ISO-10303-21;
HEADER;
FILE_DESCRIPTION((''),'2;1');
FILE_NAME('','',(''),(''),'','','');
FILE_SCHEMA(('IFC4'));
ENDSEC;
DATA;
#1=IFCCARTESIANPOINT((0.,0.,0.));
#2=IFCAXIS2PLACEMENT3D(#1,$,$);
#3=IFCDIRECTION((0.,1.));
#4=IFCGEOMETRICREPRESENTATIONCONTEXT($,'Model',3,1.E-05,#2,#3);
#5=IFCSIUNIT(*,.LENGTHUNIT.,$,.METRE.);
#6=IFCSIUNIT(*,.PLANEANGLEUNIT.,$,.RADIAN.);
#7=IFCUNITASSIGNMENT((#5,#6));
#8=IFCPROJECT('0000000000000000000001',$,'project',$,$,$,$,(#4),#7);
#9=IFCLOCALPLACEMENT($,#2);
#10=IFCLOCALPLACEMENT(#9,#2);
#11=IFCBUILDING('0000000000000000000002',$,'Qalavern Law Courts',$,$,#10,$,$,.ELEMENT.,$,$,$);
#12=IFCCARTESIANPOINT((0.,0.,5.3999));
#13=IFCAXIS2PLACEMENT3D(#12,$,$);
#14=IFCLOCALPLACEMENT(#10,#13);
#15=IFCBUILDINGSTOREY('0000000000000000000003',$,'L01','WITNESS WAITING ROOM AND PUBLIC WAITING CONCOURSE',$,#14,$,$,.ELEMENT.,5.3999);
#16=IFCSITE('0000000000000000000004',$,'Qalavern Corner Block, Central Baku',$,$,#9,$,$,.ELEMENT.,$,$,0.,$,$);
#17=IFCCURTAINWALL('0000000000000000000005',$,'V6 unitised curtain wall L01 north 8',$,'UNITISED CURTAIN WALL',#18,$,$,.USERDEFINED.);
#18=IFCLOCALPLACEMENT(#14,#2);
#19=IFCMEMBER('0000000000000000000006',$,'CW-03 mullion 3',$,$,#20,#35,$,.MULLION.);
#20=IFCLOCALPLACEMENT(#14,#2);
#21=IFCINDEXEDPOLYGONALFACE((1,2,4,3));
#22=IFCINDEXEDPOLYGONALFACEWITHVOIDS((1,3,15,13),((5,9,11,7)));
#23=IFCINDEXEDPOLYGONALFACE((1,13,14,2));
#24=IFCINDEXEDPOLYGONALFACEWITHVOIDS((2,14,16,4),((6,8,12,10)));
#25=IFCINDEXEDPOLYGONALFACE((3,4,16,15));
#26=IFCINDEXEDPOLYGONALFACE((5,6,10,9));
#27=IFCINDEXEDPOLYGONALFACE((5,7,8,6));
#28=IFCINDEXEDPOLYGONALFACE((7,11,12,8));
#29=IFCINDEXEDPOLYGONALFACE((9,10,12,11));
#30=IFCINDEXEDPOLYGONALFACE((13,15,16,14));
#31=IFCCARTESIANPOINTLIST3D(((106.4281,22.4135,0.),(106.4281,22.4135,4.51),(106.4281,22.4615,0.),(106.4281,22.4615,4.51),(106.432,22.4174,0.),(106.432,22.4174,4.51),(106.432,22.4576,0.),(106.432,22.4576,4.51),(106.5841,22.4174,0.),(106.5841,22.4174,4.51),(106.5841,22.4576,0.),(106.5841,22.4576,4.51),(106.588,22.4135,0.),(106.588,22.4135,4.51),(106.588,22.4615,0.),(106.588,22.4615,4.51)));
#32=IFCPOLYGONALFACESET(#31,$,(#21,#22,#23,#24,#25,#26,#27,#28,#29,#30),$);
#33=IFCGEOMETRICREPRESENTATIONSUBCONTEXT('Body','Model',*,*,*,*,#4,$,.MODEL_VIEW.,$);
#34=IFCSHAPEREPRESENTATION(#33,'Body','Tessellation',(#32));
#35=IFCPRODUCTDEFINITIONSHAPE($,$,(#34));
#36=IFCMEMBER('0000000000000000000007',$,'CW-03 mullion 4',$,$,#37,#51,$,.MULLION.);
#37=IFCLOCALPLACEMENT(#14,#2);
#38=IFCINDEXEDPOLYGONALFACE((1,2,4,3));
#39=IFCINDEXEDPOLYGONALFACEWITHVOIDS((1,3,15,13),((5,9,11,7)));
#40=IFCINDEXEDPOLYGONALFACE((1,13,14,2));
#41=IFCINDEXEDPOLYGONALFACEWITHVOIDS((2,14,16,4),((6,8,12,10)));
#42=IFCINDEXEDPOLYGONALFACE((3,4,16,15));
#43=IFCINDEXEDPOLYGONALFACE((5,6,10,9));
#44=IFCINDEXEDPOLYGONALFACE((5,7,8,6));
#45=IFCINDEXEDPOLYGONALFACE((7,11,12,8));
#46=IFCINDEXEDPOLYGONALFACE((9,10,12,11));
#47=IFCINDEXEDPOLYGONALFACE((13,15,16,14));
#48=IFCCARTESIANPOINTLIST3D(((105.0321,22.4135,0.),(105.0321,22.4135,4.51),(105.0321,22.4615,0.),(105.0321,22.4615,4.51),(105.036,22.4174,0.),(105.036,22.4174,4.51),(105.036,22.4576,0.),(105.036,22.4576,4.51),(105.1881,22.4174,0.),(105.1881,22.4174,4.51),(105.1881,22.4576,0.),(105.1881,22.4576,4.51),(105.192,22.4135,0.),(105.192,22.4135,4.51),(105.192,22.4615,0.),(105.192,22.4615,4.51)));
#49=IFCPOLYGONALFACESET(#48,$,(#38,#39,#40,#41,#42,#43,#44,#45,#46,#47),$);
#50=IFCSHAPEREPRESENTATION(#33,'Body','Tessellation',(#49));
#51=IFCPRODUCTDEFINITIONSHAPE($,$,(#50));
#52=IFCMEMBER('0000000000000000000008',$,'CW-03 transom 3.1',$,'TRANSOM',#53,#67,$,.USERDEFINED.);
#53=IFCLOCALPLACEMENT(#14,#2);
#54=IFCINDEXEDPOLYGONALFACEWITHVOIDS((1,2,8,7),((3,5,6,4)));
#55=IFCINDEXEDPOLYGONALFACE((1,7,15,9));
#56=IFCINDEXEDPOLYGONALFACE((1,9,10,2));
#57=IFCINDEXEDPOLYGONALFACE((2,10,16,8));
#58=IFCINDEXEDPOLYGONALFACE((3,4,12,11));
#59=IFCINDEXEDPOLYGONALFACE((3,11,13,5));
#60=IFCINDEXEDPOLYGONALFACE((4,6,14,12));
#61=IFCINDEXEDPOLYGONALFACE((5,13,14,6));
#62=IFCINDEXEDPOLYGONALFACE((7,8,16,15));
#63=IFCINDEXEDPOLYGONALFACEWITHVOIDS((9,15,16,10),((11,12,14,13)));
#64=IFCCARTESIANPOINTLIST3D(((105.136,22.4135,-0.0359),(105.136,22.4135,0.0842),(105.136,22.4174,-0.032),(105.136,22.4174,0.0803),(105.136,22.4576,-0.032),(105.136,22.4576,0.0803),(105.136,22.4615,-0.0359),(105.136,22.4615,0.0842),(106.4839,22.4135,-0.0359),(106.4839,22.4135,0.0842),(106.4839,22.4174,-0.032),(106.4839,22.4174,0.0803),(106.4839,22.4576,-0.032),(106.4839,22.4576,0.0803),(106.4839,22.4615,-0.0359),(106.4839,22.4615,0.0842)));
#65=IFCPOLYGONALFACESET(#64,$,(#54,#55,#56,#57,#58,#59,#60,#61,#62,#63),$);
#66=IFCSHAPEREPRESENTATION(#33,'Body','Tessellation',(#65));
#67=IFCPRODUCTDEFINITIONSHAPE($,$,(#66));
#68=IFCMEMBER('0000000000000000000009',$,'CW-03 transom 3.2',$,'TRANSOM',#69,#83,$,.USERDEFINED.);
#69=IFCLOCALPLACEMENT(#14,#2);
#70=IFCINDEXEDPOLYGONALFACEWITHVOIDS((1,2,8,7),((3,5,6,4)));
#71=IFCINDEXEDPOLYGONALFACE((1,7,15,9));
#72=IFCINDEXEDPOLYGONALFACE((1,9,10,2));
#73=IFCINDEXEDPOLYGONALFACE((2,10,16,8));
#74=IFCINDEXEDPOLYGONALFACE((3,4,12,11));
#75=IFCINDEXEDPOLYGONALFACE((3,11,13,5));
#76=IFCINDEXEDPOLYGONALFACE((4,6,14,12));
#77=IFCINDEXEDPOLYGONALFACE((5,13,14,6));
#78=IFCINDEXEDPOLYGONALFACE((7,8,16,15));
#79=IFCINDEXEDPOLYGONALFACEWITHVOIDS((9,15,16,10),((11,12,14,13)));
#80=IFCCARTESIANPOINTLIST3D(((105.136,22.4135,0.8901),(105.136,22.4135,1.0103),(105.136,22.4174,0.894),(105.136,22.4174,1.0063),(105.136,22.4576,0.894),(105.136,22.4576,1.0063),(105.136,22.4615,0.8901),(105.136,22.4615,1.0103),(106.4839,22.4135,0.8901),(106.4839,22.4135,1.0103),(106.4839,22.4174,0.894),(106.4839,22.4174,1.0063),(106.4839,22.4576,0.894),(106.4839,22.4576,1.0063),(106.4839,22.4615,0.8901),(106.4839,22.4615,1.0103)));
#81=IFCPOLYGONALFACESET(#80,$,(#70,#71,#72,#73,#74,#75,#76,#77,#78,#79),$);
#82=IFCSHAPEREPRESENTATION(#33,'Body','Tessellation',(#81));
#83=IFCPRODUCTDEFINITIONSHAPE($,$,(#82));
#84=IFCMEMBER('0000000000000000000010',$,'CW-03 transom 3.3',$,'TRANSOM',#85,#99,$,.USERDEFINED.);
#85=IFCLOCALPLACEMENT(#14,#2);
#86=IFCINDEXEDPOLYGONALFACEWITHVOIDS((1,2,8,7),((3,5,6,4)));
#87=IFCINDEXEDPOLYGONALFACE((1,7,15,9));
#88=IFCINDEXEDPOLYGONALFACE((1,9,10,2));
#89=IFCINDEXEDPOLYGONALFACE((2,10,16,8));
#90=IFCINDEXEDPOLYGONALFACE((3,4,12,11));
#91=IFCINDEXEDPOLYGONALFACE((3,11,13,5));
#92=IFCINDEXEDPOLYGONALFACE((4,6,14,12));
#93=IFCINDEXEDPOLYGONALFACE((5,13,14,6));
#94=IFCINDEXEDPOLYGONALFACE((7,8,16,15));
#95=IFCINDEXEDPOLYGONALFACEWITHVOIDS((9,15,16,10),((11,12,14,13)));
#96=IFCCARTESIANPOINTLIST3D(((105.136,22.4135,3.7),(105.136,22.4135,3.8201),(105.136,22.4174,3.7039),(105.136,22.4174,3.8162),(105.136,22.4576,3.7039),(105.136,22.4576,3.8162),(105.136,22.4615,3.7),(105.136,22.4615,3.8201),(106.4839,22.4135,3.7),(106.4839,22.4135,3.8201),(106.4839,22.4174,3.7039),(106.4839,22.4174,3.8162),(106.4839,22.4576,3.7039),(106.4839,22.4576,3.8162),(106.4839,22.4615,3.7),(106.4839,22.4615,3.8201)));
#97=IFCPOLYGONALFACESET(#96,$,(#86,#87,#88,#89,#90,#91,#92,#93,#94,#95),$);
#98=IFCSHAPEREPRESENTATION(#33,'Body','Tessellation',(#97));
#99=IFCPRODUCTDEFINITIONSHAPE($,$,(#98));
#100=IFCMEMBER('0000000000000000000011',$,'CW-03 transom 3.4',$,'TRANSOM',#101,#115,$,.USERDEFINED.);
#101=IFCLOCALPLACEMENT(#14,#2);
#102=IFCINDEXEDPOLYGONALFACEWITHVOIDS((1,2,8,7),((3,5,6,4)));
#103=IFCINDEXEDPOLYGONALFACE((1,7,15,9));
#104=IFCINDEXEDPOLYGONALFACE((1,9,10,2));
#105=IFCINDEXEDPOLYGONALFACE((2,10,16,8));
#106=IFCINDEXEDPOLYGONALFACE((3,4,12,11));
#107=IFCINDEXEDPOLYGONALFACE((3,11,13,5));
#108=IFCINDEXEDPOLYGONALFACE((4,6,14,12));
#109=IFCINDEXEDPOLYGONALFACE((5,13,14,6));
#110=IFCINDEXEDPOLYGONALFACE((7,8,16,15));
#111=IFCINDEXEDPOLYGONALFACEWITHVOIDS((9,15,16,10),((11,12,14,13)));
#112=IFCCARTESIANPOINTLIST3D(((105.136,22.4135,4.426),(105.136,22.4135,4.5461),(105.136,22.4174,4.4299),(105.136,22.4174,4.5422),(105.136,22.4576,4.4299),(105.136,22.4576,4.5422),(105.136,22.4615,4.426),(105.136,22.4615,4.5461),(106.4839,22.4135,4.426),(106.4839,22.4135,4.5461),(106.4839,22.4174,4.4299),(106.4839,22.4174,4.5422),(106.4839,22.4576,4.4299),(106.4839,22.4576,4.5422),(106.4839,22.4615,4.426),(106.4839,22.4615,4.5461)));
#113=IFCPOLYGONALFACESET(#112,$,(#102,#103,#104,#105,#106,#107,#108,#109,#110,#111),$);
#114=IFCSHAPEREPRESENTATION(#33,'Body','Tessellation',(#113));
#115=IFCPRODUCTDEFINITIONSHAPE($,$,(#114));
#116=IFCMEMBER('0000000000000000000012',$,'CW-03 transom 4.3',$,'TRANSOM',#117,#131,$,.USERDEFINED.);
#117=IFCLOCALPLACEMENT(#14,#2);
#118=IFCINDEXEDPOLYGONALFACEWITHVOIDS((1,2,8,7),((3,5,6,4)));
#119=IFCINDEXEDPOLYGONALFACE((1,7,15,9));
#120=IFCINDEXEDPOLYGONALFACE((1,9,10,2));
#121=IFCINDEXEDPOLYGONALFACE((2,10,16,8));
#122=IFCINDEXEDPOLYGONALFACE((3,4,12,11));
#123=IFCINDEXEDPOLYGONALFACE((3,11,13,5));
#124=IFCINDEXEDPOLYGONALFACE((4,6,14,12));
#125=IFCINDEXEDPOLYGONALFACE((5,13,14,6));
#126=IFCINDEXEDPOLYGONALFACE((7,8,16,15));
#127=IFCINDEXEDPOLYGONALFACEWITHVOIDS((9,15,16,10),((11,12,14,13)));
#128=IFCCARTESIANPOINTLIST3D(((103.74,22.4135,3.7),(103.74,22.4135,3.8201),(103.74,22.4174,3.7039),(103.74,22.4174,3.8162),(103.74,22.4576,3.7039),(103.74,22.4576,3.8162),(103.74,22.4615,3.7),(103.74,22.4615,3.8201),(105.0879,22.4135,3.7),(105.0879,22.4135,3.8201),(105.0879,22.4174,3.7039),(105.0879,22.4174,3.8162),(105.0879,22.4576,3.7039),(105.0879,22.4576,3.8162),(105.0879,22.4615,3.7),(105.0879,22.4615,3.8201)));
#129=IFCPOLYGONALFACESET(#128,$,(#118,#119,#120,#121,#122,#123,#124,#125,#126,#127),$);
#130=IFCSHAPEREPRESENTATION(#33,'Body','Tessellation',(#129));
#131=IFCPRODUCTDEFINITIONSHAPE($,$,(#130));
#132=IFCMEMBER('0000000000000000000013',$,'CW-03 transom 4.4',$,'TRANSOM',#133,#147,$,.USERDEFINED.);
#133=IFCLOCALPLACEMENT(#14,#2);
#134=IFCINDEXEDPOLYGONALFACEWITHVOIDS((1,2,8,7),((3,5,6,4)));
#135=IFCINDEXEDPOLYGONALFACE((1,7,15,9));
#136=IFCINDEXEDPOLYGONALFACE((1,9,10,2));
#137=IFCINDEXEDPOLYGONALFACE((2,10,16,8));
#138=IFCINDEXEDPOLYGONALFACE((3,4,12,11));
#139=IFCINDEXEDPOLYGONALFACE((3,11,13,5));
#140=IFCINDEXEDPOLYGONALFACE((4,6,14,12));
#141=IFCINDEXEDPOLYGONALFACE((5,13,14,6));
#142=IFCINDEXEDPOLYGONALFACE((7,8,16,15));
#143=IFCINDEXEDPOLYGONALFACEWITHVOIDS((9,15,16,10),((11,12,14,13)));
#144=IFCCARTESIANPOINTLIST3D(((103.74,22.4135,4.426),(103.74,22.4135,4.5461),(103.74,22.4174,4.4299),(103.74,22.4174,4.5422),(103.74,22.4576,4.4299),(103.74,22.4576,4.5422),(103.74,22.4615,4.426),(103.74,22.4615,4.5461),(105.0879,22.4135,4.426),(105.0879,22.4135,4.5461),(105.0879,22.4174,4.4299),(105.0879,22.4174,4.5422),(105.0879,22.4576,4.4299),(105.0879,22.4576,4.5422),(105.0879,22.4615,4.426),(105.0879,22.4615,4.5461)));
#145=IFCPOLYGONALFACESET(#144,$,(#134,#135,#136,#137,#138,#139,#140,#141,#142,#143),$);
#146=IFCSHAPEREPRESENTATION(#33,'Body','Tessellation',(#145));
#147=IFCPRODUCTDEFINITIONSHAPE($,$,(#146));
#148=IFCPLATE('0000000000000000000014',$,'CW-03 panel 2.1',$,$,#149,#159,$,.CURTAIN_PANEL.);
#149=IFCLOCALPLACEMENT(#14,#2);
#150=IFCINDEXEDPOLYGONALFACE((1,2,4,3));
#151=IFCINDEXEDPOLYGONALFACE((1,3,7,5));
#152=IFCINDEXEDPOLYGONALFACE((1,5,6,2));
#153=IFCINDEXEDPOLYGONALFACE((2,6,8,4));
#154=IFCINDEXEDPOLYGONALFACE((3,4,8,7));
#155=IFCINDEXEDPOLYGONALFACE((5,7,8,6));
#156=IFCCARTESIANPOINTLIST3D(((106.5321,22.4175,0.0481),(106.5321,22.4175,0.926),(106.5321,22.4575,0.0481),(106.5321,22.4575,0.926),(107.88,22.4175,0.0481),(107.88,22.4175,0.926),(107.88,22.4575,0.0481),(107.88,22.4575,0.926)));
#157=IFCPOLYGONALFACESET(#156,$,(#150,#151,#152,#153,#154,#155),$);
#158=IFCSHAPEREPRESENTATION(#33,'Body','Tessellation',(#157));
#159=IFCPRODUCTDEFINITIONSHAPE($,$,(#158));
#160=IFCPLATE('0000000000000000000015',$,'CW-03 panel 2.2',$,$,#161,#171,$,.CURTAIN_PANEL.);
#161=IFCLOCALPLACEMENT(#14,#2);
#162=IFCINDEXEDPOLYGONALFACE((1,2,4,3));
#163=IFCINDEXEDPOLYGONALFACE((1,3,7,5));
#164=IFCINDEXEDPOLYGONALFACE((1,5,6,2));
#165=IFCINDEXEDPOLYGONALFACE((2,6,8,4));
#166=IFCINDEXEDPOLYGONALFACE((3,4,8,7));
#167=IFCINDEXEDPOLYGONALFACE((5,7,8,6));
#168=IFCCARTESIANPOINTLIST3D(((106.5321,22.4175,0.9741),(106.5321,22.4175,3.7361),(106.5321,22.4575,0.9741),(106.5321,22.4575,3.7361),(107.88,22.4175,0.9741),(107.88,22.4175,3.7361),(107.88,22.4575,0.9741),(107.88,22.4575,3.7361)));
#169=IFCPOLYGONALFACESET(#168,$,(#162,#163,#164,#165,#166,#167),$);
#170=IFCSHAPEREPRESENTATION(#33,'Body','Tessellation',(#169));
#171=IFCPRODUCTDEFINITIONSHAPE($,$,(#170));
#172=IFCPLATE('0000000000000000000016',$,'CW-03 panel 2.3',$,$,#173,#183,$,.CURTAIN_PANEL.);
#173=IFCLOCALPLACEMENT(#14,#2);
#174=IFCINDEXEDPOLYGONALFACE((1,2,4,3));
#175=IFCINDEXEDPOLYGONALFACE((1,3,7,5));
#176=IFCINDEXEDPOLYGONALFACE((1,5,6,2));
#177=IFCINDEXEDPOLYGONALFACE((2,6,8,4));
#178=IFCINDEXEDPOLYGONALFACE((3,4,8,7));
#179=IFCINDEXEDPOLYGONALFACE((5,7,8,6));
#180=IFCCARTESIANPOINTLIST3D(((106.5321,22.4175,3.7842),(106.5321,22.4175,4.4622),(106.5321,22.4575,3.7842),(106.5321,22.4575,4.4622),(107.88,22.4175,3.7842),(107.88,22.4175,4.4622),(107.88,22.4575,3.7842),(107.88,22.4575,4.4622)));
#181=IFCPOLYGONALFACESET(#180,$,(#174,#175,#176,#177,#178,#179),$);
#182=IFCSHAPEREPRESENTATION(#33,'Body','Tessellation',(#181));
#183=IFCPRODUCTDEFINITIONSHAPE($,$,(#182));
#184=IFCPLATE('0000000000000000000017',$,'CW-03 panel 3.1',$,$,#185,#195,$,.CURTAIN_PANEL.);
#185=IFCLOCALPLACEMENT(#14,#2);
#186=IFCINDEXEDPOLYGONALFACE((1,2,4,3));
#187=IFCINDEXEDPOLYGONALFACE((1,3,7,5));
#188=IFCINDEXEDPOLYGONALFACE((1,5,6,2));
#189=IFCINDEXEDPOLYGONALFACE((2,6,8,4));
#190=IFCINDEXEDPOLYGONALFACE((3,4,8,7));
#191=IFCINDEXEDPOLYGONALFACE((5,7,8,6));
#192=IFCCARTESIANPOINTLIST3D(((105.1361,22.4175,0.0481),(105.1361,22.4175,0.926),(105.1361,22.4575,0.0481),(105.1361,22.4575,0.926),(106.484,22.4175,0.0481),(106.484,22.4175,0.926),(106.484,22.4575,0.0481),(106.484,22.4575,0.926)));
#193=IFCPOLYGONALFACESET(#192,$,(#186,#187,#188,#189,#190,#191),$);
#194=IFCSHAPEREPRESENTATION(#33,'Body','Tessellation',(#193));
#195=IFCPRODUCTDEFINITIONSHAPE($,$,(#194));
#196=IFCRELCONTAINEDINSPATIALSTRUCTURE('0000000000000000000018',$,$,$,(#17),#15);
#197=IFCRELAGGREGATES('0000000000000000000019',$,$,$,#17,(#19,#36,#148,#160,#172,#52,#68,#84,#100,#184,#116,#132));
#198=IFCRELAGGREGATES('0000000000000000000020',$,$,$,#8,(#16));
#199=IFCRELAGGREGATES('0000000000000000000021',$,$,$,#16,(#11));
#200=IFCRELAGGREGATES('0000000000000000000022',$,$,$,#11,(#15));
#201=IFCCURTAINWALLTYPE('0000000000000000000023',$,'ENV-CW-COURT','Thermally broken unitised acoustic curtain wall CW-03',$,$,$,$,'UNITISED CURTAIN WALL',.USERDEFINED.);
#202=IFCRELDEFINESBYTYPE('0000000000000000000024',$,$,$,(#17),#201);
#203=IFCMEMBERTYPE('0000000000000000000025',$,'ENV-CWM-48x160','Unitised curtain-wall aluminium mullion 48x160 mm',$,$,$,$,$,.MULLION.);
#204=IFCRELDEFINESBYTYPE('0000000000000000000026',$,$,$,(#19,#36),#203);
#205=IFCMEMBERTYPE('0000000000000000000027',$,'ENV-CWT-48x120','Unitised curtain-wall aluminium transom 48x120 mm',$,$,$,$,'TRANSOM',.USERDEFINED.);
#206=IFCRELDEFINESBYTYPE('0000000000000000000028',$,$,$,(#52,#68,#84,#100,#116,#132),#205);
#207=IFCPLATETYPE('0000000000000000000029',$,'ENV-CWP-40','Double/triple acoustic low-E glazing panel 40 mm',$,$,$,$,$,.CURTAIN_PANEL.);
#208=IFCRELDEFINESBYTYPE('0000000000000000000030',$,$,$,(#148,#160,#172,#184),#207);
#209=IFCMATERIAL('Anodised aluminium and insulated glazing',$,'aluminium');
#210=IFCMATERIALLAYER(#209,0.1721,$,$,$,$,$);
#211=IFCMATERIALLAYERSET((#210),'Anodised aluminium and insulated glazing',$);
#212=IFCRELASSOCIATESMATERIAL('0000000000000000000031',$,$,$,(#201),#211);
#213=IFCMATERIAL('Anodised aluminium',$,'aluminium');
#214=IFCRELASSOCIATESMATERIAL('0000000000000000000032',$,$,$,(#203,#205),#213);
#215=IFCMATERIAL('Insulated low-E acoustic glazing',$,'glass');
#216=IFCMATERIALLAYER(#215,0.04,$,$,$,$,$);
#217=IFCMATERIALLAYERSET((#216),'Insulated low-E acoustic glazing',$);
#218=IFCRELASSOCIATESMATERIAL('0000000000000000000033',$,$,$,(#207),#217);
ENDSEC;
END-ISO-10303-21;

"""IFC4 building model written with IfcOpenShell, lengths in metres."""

from ifc_helpers import new_model, si_unit, direction, frame, origin, origin_2d, place, context, subcontext, project, spatial, rectangle, hollow_rectangle, extrude, material, layer, layer_set, material_profile, profile_set, type_object, element, aggregate, save


model = new_model("IFC4")

# Units and contexts
model_context = context("Model", 3, precision=1e-05, world=origin(), true_north=direction((0.0, 1.0)))
body_context = subcontext(model_context, "Body", "Model", "MODEL_VIEW")
ifc_project = project(units=[si_unit("LENGTHUNIT", "METRE"), si_unit("PLANEANGLEUNIT", "RADIAN")], contexts=[model_context])

# Site, building, storey
site_placement = place(None, origin())
site = spatial("IfcSite", under=ifc_project, at=site_placement, Name="Qalavern Corner Block, Central Baku", CompositionType="ELEMENT", RefElevation=0.0)
building_placement = place(site_placement, origin())
building = spatial("IfcBuilding", under=site, at=building_placement, Name="Qalavern Law Courts", CompositionType="ELEMENT")
storey_placement = place(building_placement, frame((0.0, 0.0, 5.3999)))
storey = spatial("IfcBuildingStorey", under=building, at=storey_placement, Name="L01", Description="WITNESS WAITING ROOM AND PUBLIC WAITING CONCOURSE", CompositionType="ELEMENT", Elevation=5.3999)

# Curtain wall, members, plates
ifc_material_1 = material(Name="Anodised aluminium and insulated glazing", Category="aluminium")
ifc_layer_1 = layer(ifc_material_1, 0.1721)
ifc_layer_set_1 = layer_set([ifc_layer_1], Name="Anodised aluminium and insulated glazing")
curtain_wall_type = type_object("IfcCurtainWallType", Name="ENV-CW-COURT", Description="Thermally broken unitised acoustic curtain wall CW-03", ElementType="UNITISED CURTAIN WALL", PredefinedType="USERDEFINED", material=ifc_layer_set_1)
curtain_wall_placement = place(storey_placement, origin())
curtain_wall = element("IfcCurtainWall", 1, at=curtain_wall_placement, inside=storey, type_object=curtain_wall_type, Name="V6 unitised curtain wall L01 north 8", ObjectType="UNITISED CURTAIN WALL", PredefinedType="USERDEFINED")
ifc_material_2 = material(Name="Anodised aluminium", Category="aluminium")
ifc_material_profile_1 = material_profile(ifc_material_2, hollow_rectangle(XDim=0.0481, YDim=0.1599, WallThickness=0.0039, at=origin_2d()), Name="ALU MULLION 48x160")
ifc_profile_set_1 = profile_set([ifc_material_profile_1], Name="Anodised aluminium")
member_type_1 = type_object("IfcMemberType", Name="ENV-CWM-48x160", Description="Unitised curtain-wall aluminium mullion 48x160 mm", PredefinedType="MULLION", material=ifc_profile_set_1)
member_1_placement = place(storey_placement, frame((106.5081, 22.4375, 0.0), z_axis=(0.0, 0.0, 1.0), x_axis=(0.0, -1.0, 0.0)))
member_1 = element("IfcMember", 2, at=member_1_placement, type_object=member_type_1, Name="CW-03 mullion 3", PredefinedType="MULLION", context=body_context, shape_type="SweptSolid", body=[
    extrude(hollow_rectangle(XDim=0.0481, YDim=0.1599, WallThickness=0.0039, at=origin_2d()), origin(), (0.0, 0.0, 1.0), 4.51),
])
member_2_placement = place(storey_placement, frame((105.1121, 22.4375, 0.0), z_axis=(0.0, 0.0, 1.0), x_axis=(0.0, -1.0, 0.0)))
member_2 = element("IfcMember", 3, at=member_2_placement, type_object=member_type_1, Name="CW-03 mullion 4", PredefinedType="MULLION", context=body_context, shape_type="SweptSolid", body=[
    extrude(hollow_rectangle(XDim=0.0481, YDim=0.1599, WallThickness=0.0039, at=origin_2d()), origin(), (0.0, 0.0, 1.0), 4.51),
])
ifc_material_profile_2 = material_profile(ifc_material_2, hollow_rectangle(XDim=0.0481, YDim=0.1201, WallThickness=0.0039, at=origin_2d()), Name="ALU TRANSOM 48x120")
ifc_profile_set_2 = profile_set([ifc_material_profile_2], Name="Anodised aluminium")
member_type_2 = type_object("IfcMemberType", Name="ENV-CWT-48x120", Description="Unitised curtain-wall aluminium transom 48x120 mm", ElementType="TRANSOM", PredefinedType="USERDEFINED", material=ifc_profile_set_2)
member_3_placement = place(storey_placement, frame((106.4839, 22.4375, 0.0242), z_axis=(-1.0, 0.0, 0.0), x_axis=(0.0, -1.0, 0.0)))
member_3 = element("IfcMember", 4, at=member_3_placement, type_object=member_type_2, Name="CW-03 transom 3.1", ObjectType="TRANSOM", PredefinedType="USERDEFINED", context=body_context, shape_type="SweptSolid", body=[
    extrude(hollow_rectangle(XDim=0.0481, YDim=0.1201, WallThickness=0.0039, at=origin_2d()), origin(), (0.0, 0.0, 1.0), 1.3479),
])
member_4_placement = place(storey_placement, frame((106.4839, 22.4375, 0.9502), z_axis=(-1.0, 0.0, 0.0), x_axis=(0.0, -1.0, 0.0)))
member_4 = element("IfcMember", 5, at=member_4_placement, type_object=member_type_2, Name="CW-03 transom 3.2", ObjectType="TRANSOM", PredefinedType="USERDEFINED", context=body_context, shape_type="SweptSolid", body=[
    extrude(hollow_rectangle(XDim=0.0481, YDim=0.1201, WallThickness=0.0039, at=origin_2d()), origin(), (0.0, 0.0, 1.0), 1.3479),
])
member_5_placement = place(storey_placement, frame((106.4839, 22.4375, 3.76), z_axis=(-1.0, 0.0, 0.0), x_axis=(0.0, -1.0, 0.0)))
member_5 = element("IfcMember", 6, at=member_5_placement, type_object=member_type_2, Name="CW-03 transom 3.3", ObjectType="TRANSOM", PredefinedType="USERDEFINED", context=body_context, shape_type="SweptSolid", body=[
    extrude(hollow_rectangle(XDim=0.0481, YDim=0.1201, WallThickness=0.0039, at=origin_2d()), origin(), (0.0, 0.0, 1.0), 1.3479),
])
member_6_placement = place(storey_placement, frame((106.4839, 22.4375, 4.4861), z_axis=(-1.0, 0.0, 0.0), x_axis=(0.0, -1.0, 0.0)))
member_6 = element("IfcMember", 7, at=member_6_placement, type_object=member_type_2, Name="CW-03 transom 3.4", ObjectType="TRANSOM", PredefinedType="USERDEFINED", context=body_context, shape_type="SweptSolid", body=[
    extrude(hollow_rectangle(XDim=0.0481, YDim=0.1201, WallThickness=0.0039, at=origin_2d()), origin(), (0.0, 0.0, 1.0), 1.3479),
])
member_7_placement = place(storey_placement, frame((105.0879, 22.4375, 3.76), z_axis=(-1.0, 0.0, 0.0), x_axis=(0.0, -1.0, 0.0)))
member_7 = element("IfcMember", 8, at=member_7_placement, type_object=member_type_2, Name="CW-03 transom 4.3", ObjectType="TRANSOM", PredefinedType="USERDEFINED", context=body_context, shape_type="SweptSolid", body=[
    extrude(hollow_rectangle(XDim=0.0481, YDim=0.1201, WallThickness=0.0039, at=origin_2d()), origin(), (0.0, 0.0, 1.0), 1.3479),
])
member_8_placement = place(storey_placement, frame((105.0879, 22.4375, 4.4861), z_axis=(-1.0, 0.0, 0.0), x_axis=(0.0, -1.0, 0.0)))
member_8 = element("IfcMember", 9, at=member_8_placement, type_object=member_type_2, Name="CW-03 transom 4.4", ObjectType="TRANSOM", PredefinedType="USERDEFINED", context=body_context, shape_type="SweptSolid", body=[
    extrude(hollow_rectangle(XDim=0.0481, YDim=0.1201, WallThickness=0.0039, at=origin_2d()), origin(), (0.0, 0.0, 1.0), 1.3479),
])
ifc_material_3 = material(Name="Insulated low-E acoustic glazing", Category="glass")
ifc_layer_2 = layer(ifc_material_3, 0.04)
ifc_layer_set_2 = layer_set([ifc_layer_2], Name="Insulated low-E acoustic glazing")
plate_type = type_object("IfcPlateType", Name="ENV-CWP-40", Description="Double/triple acoustic low-E glazing panel 40 mm", PredefinedType="CURTAIN_PANEL", material=ifc_layer_set_2)
plate_1_placement = place(storey_placement, frame((107.2061, 22.4375, 0.0481), z_axis=(0.0, 0.0, 1.0), x_axis=(-1.0, 0.0, 0.0)))
plate_1 = element("IfcPlate", 10, at=plate_1_placement, type_object=plate_type, Name="CW-03 panel 2.1", PredefinedType="CURTAIN_PANEL", context=body_context, shape_type="SweptSolid", body=[
    extrude(rectangle(XDim=1.3479, YDim=0.04, at=origin_2d()), origin(), (0.0, 0.0, 1.0), 0.8779),
])
plate_2_placement = place(storey_placement, frame((107.2061, 22.4375, 0.9741), z_axis=(0.0, 0.0, 1.0), x_axis=(-1.0, 0.0, 0.0)))
plate_2 = element("IfcPlate", 11, at=plate_2_placement, type_object=plate_type, Name="CW-03 panel 2.2", PredefinedType="CURTAIN_PANEL", context=body_context, shape_type="SweptSolid", body=[
    extrude(rectangle(XDim=1.3479, YDim=0.04, at=origin_2d()), origin(), (0.0, 0.0, 1.0), 2.762),
])
plate_3_placement = place(storey_placement, frame((107.2061, 22.4375, 3.7842), z_axis=(0.0, 0.0, 1.0), x_axis=(-1.0, 0.0, 0.0)))
plate_3 = element("IfcPlate", 12, at=plate_3_placement, type_object=plate_type, Name="CW-03 panel 2.3", PredefinedType="CURTAIN_PANEL", context=body_context, shape_type="SweptSolid", body=[
    extrude(rectangle(XDim=1.3479, YDim=0.04, at=origin_2d()), origin(), (0.0, 0.0, 1.0), 0.678),
])
plate_4_placement = place(storey_placement, frame((105.8101, 22.4375, 0.0481), z_axis=(0.0, 0.0, 1.0), x_axis=(-1.0, 0.0, 0.0)))
plate_4 = element("IfcPlate", 13, at=plate_4_placement, type_object=plate_type, Name="CW-03 panel 3.1", PredefinedType="CURTAIN_PANEL", context=body_context, shape_type="SweptSolid", body=[
    extrude(rectangle(XDim=1.3479, YDim=0.04, at=origin_2d()), origin(), (0.0, 0.0, 1.0), 0.8779),
])
aggregate(curtain_wall, [member_1, member_2, plate_1, plate_2, plate_3, member_3, member_4, member_5, member_6, plate_4, member_7, member_8])

save(model, "model.ifc")
